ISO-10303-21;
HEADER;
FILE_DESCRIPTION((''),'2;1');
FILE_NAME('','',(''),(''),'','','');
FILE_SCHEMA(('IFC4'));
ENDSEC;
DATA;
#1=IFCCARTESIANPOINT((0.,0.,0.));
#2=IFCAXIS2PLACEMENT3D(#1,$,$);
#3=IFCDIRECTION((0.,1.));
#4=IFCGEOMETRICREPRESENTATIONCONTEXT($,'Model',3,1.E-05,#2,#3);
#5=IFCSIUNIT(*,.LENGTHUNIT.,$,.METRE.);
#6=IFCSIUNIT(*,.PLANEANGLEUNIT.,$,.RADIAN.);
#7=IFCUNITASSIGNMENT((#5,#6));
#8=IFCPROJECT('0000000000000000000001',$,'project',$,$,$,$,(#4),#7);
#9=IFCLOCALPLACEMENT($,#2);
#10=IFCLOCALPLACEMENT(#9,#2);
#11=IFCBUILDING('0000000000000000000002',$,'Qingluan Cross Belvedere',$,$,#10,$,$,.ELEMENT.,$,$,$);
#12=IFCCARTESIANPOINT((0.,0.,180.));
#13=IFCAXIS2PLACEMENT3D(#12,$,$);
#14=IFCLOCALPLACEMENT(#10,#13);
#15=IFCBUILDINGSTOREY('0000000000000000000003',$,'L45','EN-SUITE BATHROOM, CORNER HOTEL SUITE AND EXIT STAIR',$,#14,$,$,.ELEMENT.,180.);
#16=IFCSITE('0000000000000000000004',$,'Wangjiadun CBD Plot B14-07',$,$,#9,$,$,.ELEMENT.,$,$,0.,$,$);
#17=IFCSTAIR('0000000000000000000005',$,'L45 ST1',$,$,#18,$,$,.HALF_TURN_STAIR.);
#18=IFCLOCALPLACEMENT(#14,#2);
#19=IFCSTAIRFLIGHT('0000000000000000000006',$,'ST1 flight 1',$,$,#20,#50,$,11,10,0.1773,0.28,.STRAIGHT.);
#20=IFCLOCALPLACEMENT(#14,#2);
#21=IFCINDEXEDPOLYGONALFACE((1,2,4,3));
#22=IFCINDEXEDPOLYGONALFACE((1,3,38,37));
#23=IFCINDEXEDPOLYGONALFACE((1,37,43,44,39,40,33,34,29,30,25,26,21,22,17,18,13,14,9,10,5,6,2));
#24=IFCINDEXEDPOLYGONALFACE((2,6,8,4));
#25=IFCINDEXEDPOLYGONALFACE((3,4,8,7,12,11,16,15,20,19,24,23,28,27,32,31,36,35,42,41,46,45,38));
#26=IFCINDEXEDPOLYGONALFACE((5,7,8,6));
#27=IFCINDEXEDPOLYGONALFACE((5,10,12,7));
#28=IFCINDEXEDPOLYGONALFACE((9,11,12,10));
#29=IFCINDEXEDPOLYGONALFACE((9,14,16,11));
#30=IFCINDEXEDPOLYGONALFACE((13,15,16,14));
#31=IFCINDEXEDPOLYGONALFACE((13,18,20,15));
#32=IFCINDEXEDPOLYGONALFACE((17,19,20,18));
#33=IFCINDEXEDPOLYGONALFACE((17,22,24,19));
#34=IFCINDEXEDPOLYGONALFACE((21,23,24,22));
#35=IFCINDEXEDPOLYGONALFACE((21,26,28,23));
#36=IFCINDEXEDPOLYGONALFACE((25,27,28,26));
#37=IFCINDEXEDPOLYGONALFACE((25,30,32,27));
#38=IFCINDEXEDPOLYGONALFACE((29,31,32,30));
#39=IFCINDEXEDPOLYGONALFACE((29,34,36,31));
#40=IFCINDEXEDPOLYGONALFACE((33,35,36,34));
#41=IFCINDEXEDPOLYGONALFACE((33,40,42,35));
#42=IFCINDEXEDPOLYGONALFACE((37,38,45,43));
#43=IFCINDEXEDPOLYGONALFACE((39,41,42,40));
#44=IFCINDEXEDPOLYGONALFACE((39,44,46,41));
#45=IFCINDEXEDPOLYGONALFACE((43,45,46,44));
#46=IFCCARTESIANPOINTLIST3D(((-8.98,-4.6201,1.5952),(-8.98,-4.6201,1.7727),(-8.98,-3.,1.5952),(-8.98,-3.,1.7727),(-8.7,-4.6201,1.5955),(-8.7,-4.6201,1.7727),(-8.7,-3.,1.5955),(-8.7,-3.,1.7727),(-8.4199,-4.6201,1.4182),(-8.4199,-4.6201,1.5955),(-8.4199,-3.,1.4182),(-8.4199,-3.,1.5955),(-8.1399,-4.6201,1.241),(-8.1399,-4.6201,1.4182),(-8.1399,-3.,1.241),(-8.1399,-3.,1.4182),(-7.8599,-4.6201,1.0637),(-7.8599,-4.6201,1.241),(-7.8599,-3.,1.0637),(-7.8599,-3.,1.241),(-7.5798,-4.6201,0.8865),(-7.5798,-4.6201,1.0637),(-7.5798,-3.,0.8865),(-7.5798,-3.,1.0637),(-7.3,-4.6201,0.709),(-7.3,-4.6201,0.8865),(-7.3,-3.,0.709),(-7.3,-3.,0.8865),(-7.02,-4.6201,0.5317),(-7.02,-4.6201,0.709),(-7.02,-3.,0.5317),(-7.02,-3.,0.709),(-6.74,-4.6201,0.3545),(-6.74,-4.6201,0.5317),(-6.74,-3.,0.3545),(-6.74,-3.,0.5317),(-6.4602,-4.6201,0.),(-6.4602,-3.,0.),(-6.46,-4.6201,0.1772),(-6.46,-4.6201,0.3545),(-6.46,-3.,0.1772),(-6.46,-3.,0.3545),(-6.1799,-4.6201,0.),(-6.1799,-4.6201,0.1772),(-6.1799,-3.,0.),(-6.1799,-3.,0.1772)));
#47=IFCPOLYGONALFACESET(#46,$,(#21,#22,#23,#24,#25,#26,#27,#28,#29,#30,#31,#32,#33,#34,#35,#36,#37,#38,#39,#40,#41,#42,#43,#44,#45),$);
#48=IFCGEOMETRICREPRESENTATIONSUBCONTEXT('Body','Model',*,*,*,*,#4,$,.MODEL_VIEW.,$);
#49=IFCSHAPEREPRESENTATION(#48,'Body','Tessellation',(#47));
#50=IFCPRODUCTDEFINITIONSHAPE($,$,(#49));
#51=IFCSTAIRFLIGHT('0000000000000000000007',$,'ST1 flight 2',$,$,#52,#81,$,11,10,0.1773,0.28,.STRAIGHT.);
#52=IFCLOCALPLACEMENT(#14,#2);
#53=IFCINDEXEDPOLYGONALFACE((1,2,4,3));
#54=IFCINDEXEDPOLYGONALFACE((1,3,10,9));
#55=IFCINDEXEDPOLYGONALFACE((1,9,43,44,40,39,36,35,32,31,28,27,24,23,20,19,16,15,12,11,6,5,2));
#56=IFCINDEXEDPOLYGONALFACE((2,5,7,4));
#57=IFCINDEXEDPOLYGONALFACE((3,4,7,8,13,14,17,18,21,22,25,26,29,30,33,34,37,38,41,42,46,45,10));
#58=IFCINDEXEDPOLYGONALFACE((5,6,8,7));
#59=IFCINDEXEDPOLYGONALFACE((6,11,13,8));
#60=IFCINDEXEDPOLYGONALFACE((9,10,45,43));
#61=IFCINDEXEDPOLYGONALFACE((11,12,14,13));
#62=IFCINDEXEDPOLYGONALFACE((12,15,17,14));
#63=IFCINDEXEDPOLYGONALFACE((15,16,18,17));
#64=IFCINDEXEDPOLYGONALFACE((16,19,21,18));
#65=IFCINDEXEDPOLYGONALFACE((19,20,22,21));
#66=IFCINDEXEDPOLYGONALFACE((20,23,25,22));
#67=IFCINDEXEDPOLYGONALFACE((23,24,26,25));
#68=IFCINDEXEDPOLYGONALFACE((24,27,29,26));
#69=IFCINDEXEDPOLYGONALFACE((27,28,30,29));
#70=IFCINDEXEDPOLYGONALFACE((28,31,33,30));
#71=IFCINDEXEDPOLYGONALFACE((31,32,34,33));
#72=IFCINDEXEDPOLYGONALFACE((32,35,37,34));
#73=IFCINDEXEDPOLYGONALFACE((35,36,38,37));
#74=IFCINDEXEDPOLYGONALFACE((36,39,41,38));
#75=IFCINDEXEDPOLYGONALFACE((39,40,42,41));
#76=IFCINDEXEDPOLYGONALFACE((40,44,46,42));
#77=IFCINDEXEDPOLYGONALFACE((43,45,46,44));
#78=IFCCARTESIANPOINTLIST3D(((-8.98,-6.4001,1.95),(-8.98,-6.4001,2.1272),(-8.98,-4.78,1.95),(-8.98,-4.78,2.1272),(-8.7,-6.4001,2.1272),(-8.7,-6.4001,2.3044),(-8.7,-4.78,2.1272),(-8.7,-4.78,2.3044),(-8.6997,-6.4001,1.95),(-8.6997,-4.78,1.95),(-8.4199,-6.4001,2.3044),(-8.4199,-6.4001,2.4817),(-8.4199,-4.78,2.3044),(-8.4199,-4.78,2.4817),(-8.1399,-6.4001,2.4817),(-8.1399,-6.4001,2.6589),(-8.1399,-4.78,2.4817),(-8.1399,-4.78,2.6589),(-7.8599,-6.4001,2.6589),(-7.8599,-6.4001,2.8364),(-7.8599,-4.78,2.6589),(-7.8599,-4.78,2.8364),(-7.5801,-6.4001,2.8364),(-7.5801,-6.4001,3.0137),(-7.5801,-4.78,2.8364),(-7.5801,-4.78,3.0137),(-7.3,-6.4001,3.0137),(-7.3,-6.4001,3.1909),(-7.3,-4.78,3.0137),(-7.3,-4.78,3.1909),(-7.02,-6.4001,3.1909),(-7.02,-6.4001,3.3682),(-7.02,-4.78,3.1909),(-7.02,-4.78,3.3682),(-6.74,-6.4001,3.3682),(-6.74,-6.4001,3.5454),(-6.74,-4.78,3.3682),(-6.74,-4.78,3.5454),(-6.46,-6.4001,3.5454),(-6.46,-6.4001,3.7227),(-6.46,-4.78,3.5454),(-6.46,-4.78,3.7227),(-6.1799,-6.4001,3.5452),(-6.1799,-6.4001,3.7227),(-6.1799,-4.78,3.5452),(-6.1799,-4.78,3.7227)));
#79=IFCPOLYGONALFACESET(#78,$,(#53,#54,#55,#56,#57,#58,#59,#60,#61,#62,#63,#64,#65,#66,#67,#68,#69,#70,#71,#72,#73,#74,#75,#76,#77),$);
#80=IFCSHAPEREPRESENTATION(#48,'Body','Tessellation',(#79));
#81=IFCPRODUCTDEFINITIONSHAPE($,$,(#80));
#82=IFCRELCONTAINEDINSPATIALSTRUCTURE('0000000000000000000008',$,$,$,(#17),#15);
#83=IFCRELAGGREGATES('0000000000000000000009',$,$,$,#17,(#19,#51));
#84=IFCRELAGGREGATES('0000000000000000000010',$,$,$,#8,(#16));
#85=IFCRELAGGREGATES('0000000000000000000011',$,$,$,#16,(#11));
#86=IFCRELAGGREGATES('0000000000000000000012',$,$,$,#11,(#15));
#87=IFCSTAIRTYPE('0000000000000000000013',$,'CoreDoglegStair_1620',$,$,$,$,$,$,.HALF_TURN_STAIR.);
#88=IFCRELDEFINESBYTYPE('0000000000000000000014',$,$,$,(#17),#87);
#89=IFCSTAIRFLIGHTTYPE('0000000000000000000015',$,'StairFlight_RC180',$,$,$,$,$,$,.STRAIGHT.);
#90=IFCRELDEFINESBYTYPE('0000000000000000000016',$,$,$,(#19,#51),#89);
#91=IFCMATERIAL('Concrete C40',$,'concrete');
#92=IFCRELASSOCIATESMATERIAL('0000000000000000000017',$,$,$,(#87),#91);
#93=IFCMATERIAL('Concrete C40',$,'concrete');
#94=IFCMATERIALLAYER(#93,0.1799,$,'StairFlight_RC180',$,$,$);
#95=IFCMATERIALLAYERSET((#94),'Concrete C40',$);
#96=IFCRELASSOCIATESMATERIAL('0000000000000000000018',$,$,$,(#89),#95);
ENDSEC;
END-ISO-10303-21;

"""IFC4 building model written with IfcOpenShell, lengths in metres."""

from ifc_helpers import new_model, si_unit, direction, frame, origin, place, context, subcontext, project, spatial, polyline, outline, extrude, material, layer, layer_set, type_object, element, aggregate, save


model = new_model("IFC4")

# Units and contexts
model_context = context("Model", 3, precision=1e-05, world=origin(), true_north=direction((0.0, 1.0)))
body_context = subcontext(model_context, "Body", "Model", "MODEL_VIEW")
ifc_project = project(units=[si_unit("LENGTHUNIT", "METRE"), si_unit("PLANEANGLEUNIT", "RADIAN")], contexts=[model_context])

# Site, building, storey
site_placement = place(None, origin())
site = spatial("IfcSite", under=ifc_project, at=site_placement, Name="Wangjiadun CBD Plot B14-07", CompositionType="ELEMENT", RefElevation=0.0)
building_placement = place(site_placement, origin())
building = spatial("IfcBuilding", under=site, at=building_placement, Name="Qingluan Cross Belvedere", CompositionType="ELEMENT")
storey_placement = place(building_placement, frame((0.0, 0.0, 180.0)))
storey = spatial("IfcBuildingStorey", under=building, at=storey_placement, Name="L45", Description="EN-SUITE BATHROOM, CORNER HOTEL SUITE AND EXIT STAIR", CompositionType="ELEMENT", Elevation=180.0)

# Stair, stair flights
ifc_material_1 = material(Name="Concrete C40", Category="concrete")
stair_type = type_object("IfcStairType", Name="CoreDoglegStair_1620", PredefinedType="HALF_TURN_STAIR", material=ifc_material_1)
stair_placement = place(storey_placement, origin())
stair = element("IfcStair", 1, at=stair_placement, inside=storey, type_object=stair_type, Name="L45 ST1", PredefinedType="HALF_TURN_STAIR")
ifc_material_2 = material(Name="Concrete C40", Category="concrete")
ifc_layer_1 = layer(ifc_material_2, 0.1799, Name="StairFlight_RC180")
ifc_layer_set_1 = layer_set([ifc_layer_1], Name="Concrete C40")
stair_flight_type = type_object("IfcStairFlightType", Name="StairFlight_RC180", PredefinedType="STRAIGHT", material=ifc_layer_set_1)
stair_flight_1_placement = place(storey_placement, frame((-6.1799, -3.8101, 0.0), z_axis=(0.0, 0.0, 1.0), x_axis=(-1.0, 0.0, 0.0)))
stair_flight_1 = element("IfcStairFlight", 2, at=stair_flight_1_placement, type_object=stair_flight_type, Name="ST1 flight 1", NumberOfRisers=11, NumberOfTreads=10, PredefinedType="STRAIGHT", RiserHeight=0.1773, TreadLength=0.28, context=body_context, shape_type="SweptSolid", body=[
    extrude(outline(polyline([(0.0, 0.0), (0.0, 0.1772), (0.28, 0.1772), (0.28, 0.3545), (0.5601, 0.3545), (0.5601, 0.5317), (0.8401, 0.5317), (0.8401, 0.709), (1.1201, 0.709), (1.1201, 0.8865), (1.3999, 0.8865), (1.3999, 1.0637), (1.6799, 1.0637), (1.6799, 1.241), (1.96, 1.241), (1.96, 1.4182), (2.24, 1.4182), (2.24, 1.5955), (2.52, 1.5955), (2.52, 1.7727), (2.8, 1.7727), (2.8, 1.95), (2.8, 1.5952), (0.2803, 0.0), (0.0, 0.0)])), frame((0.0, 0.8101, 0.0), z_axis=(0.0, -1.0, 0.0), x_axis=(1.0, 0.0, 0.0)), (0.0, 0.0, 1.0), 1.6201),
])
stair_flight_2_placement = place(storey_placement, frame((-8.98, -5.5901, 1.95), z_axis=(0.0, 0.0, 1.0), x_axis=(1.0, 0.0, 0.0)))
stair_flight_2 = element("IfcStairFlight", 3, at=stair_flight_2_placement, type_object=stair_flight_type, Name="ST1 flight 2", NumberOfRisers=11, NumberOfTreads=10, PredefinedType="STRAIGHT", RiserHeight=0.1773, TreadLength=0.28, context=body_context, shape_type="SweptSolid", body=[
    extrude(outline(polyline([(0.0, 0.0), (0.0, 0.1772), (0.28, 0.1772), (0.28, 0.3545), (0.5601, 0.3545), (0.5601, 0.5317), (0.8401, 0.5317), (0.8401, 0.709), (1.1201, 0.709), (1.1201, 0.8865), (1.3999, 0.8865), (1.3999, 1.0637), (1.6799, 1.0637), (1.6799, 1.241), (1.96, 1.241), (1.96, 1.4182), (2.24, 1.4182), (2.24, 1.5955), (2.52, 1.5955), (2.52, 1.7727), (2.8, 1.7727), (2.8, 1.95), (2.8, 1.5952), (0.2803, 0.0), (0.0, 0.0)])), frame((0.0, 0.8101, 0.0), z_axis=(0.0, -1.0, 0.0), x_axis=(1.0, 0.0, 0.0)), (0.0, 0.0, 1.0), 1.6201),
])
aggregate(stair, [stair_flight_1, stair_flight_2])

save(model, "model.ifc")
